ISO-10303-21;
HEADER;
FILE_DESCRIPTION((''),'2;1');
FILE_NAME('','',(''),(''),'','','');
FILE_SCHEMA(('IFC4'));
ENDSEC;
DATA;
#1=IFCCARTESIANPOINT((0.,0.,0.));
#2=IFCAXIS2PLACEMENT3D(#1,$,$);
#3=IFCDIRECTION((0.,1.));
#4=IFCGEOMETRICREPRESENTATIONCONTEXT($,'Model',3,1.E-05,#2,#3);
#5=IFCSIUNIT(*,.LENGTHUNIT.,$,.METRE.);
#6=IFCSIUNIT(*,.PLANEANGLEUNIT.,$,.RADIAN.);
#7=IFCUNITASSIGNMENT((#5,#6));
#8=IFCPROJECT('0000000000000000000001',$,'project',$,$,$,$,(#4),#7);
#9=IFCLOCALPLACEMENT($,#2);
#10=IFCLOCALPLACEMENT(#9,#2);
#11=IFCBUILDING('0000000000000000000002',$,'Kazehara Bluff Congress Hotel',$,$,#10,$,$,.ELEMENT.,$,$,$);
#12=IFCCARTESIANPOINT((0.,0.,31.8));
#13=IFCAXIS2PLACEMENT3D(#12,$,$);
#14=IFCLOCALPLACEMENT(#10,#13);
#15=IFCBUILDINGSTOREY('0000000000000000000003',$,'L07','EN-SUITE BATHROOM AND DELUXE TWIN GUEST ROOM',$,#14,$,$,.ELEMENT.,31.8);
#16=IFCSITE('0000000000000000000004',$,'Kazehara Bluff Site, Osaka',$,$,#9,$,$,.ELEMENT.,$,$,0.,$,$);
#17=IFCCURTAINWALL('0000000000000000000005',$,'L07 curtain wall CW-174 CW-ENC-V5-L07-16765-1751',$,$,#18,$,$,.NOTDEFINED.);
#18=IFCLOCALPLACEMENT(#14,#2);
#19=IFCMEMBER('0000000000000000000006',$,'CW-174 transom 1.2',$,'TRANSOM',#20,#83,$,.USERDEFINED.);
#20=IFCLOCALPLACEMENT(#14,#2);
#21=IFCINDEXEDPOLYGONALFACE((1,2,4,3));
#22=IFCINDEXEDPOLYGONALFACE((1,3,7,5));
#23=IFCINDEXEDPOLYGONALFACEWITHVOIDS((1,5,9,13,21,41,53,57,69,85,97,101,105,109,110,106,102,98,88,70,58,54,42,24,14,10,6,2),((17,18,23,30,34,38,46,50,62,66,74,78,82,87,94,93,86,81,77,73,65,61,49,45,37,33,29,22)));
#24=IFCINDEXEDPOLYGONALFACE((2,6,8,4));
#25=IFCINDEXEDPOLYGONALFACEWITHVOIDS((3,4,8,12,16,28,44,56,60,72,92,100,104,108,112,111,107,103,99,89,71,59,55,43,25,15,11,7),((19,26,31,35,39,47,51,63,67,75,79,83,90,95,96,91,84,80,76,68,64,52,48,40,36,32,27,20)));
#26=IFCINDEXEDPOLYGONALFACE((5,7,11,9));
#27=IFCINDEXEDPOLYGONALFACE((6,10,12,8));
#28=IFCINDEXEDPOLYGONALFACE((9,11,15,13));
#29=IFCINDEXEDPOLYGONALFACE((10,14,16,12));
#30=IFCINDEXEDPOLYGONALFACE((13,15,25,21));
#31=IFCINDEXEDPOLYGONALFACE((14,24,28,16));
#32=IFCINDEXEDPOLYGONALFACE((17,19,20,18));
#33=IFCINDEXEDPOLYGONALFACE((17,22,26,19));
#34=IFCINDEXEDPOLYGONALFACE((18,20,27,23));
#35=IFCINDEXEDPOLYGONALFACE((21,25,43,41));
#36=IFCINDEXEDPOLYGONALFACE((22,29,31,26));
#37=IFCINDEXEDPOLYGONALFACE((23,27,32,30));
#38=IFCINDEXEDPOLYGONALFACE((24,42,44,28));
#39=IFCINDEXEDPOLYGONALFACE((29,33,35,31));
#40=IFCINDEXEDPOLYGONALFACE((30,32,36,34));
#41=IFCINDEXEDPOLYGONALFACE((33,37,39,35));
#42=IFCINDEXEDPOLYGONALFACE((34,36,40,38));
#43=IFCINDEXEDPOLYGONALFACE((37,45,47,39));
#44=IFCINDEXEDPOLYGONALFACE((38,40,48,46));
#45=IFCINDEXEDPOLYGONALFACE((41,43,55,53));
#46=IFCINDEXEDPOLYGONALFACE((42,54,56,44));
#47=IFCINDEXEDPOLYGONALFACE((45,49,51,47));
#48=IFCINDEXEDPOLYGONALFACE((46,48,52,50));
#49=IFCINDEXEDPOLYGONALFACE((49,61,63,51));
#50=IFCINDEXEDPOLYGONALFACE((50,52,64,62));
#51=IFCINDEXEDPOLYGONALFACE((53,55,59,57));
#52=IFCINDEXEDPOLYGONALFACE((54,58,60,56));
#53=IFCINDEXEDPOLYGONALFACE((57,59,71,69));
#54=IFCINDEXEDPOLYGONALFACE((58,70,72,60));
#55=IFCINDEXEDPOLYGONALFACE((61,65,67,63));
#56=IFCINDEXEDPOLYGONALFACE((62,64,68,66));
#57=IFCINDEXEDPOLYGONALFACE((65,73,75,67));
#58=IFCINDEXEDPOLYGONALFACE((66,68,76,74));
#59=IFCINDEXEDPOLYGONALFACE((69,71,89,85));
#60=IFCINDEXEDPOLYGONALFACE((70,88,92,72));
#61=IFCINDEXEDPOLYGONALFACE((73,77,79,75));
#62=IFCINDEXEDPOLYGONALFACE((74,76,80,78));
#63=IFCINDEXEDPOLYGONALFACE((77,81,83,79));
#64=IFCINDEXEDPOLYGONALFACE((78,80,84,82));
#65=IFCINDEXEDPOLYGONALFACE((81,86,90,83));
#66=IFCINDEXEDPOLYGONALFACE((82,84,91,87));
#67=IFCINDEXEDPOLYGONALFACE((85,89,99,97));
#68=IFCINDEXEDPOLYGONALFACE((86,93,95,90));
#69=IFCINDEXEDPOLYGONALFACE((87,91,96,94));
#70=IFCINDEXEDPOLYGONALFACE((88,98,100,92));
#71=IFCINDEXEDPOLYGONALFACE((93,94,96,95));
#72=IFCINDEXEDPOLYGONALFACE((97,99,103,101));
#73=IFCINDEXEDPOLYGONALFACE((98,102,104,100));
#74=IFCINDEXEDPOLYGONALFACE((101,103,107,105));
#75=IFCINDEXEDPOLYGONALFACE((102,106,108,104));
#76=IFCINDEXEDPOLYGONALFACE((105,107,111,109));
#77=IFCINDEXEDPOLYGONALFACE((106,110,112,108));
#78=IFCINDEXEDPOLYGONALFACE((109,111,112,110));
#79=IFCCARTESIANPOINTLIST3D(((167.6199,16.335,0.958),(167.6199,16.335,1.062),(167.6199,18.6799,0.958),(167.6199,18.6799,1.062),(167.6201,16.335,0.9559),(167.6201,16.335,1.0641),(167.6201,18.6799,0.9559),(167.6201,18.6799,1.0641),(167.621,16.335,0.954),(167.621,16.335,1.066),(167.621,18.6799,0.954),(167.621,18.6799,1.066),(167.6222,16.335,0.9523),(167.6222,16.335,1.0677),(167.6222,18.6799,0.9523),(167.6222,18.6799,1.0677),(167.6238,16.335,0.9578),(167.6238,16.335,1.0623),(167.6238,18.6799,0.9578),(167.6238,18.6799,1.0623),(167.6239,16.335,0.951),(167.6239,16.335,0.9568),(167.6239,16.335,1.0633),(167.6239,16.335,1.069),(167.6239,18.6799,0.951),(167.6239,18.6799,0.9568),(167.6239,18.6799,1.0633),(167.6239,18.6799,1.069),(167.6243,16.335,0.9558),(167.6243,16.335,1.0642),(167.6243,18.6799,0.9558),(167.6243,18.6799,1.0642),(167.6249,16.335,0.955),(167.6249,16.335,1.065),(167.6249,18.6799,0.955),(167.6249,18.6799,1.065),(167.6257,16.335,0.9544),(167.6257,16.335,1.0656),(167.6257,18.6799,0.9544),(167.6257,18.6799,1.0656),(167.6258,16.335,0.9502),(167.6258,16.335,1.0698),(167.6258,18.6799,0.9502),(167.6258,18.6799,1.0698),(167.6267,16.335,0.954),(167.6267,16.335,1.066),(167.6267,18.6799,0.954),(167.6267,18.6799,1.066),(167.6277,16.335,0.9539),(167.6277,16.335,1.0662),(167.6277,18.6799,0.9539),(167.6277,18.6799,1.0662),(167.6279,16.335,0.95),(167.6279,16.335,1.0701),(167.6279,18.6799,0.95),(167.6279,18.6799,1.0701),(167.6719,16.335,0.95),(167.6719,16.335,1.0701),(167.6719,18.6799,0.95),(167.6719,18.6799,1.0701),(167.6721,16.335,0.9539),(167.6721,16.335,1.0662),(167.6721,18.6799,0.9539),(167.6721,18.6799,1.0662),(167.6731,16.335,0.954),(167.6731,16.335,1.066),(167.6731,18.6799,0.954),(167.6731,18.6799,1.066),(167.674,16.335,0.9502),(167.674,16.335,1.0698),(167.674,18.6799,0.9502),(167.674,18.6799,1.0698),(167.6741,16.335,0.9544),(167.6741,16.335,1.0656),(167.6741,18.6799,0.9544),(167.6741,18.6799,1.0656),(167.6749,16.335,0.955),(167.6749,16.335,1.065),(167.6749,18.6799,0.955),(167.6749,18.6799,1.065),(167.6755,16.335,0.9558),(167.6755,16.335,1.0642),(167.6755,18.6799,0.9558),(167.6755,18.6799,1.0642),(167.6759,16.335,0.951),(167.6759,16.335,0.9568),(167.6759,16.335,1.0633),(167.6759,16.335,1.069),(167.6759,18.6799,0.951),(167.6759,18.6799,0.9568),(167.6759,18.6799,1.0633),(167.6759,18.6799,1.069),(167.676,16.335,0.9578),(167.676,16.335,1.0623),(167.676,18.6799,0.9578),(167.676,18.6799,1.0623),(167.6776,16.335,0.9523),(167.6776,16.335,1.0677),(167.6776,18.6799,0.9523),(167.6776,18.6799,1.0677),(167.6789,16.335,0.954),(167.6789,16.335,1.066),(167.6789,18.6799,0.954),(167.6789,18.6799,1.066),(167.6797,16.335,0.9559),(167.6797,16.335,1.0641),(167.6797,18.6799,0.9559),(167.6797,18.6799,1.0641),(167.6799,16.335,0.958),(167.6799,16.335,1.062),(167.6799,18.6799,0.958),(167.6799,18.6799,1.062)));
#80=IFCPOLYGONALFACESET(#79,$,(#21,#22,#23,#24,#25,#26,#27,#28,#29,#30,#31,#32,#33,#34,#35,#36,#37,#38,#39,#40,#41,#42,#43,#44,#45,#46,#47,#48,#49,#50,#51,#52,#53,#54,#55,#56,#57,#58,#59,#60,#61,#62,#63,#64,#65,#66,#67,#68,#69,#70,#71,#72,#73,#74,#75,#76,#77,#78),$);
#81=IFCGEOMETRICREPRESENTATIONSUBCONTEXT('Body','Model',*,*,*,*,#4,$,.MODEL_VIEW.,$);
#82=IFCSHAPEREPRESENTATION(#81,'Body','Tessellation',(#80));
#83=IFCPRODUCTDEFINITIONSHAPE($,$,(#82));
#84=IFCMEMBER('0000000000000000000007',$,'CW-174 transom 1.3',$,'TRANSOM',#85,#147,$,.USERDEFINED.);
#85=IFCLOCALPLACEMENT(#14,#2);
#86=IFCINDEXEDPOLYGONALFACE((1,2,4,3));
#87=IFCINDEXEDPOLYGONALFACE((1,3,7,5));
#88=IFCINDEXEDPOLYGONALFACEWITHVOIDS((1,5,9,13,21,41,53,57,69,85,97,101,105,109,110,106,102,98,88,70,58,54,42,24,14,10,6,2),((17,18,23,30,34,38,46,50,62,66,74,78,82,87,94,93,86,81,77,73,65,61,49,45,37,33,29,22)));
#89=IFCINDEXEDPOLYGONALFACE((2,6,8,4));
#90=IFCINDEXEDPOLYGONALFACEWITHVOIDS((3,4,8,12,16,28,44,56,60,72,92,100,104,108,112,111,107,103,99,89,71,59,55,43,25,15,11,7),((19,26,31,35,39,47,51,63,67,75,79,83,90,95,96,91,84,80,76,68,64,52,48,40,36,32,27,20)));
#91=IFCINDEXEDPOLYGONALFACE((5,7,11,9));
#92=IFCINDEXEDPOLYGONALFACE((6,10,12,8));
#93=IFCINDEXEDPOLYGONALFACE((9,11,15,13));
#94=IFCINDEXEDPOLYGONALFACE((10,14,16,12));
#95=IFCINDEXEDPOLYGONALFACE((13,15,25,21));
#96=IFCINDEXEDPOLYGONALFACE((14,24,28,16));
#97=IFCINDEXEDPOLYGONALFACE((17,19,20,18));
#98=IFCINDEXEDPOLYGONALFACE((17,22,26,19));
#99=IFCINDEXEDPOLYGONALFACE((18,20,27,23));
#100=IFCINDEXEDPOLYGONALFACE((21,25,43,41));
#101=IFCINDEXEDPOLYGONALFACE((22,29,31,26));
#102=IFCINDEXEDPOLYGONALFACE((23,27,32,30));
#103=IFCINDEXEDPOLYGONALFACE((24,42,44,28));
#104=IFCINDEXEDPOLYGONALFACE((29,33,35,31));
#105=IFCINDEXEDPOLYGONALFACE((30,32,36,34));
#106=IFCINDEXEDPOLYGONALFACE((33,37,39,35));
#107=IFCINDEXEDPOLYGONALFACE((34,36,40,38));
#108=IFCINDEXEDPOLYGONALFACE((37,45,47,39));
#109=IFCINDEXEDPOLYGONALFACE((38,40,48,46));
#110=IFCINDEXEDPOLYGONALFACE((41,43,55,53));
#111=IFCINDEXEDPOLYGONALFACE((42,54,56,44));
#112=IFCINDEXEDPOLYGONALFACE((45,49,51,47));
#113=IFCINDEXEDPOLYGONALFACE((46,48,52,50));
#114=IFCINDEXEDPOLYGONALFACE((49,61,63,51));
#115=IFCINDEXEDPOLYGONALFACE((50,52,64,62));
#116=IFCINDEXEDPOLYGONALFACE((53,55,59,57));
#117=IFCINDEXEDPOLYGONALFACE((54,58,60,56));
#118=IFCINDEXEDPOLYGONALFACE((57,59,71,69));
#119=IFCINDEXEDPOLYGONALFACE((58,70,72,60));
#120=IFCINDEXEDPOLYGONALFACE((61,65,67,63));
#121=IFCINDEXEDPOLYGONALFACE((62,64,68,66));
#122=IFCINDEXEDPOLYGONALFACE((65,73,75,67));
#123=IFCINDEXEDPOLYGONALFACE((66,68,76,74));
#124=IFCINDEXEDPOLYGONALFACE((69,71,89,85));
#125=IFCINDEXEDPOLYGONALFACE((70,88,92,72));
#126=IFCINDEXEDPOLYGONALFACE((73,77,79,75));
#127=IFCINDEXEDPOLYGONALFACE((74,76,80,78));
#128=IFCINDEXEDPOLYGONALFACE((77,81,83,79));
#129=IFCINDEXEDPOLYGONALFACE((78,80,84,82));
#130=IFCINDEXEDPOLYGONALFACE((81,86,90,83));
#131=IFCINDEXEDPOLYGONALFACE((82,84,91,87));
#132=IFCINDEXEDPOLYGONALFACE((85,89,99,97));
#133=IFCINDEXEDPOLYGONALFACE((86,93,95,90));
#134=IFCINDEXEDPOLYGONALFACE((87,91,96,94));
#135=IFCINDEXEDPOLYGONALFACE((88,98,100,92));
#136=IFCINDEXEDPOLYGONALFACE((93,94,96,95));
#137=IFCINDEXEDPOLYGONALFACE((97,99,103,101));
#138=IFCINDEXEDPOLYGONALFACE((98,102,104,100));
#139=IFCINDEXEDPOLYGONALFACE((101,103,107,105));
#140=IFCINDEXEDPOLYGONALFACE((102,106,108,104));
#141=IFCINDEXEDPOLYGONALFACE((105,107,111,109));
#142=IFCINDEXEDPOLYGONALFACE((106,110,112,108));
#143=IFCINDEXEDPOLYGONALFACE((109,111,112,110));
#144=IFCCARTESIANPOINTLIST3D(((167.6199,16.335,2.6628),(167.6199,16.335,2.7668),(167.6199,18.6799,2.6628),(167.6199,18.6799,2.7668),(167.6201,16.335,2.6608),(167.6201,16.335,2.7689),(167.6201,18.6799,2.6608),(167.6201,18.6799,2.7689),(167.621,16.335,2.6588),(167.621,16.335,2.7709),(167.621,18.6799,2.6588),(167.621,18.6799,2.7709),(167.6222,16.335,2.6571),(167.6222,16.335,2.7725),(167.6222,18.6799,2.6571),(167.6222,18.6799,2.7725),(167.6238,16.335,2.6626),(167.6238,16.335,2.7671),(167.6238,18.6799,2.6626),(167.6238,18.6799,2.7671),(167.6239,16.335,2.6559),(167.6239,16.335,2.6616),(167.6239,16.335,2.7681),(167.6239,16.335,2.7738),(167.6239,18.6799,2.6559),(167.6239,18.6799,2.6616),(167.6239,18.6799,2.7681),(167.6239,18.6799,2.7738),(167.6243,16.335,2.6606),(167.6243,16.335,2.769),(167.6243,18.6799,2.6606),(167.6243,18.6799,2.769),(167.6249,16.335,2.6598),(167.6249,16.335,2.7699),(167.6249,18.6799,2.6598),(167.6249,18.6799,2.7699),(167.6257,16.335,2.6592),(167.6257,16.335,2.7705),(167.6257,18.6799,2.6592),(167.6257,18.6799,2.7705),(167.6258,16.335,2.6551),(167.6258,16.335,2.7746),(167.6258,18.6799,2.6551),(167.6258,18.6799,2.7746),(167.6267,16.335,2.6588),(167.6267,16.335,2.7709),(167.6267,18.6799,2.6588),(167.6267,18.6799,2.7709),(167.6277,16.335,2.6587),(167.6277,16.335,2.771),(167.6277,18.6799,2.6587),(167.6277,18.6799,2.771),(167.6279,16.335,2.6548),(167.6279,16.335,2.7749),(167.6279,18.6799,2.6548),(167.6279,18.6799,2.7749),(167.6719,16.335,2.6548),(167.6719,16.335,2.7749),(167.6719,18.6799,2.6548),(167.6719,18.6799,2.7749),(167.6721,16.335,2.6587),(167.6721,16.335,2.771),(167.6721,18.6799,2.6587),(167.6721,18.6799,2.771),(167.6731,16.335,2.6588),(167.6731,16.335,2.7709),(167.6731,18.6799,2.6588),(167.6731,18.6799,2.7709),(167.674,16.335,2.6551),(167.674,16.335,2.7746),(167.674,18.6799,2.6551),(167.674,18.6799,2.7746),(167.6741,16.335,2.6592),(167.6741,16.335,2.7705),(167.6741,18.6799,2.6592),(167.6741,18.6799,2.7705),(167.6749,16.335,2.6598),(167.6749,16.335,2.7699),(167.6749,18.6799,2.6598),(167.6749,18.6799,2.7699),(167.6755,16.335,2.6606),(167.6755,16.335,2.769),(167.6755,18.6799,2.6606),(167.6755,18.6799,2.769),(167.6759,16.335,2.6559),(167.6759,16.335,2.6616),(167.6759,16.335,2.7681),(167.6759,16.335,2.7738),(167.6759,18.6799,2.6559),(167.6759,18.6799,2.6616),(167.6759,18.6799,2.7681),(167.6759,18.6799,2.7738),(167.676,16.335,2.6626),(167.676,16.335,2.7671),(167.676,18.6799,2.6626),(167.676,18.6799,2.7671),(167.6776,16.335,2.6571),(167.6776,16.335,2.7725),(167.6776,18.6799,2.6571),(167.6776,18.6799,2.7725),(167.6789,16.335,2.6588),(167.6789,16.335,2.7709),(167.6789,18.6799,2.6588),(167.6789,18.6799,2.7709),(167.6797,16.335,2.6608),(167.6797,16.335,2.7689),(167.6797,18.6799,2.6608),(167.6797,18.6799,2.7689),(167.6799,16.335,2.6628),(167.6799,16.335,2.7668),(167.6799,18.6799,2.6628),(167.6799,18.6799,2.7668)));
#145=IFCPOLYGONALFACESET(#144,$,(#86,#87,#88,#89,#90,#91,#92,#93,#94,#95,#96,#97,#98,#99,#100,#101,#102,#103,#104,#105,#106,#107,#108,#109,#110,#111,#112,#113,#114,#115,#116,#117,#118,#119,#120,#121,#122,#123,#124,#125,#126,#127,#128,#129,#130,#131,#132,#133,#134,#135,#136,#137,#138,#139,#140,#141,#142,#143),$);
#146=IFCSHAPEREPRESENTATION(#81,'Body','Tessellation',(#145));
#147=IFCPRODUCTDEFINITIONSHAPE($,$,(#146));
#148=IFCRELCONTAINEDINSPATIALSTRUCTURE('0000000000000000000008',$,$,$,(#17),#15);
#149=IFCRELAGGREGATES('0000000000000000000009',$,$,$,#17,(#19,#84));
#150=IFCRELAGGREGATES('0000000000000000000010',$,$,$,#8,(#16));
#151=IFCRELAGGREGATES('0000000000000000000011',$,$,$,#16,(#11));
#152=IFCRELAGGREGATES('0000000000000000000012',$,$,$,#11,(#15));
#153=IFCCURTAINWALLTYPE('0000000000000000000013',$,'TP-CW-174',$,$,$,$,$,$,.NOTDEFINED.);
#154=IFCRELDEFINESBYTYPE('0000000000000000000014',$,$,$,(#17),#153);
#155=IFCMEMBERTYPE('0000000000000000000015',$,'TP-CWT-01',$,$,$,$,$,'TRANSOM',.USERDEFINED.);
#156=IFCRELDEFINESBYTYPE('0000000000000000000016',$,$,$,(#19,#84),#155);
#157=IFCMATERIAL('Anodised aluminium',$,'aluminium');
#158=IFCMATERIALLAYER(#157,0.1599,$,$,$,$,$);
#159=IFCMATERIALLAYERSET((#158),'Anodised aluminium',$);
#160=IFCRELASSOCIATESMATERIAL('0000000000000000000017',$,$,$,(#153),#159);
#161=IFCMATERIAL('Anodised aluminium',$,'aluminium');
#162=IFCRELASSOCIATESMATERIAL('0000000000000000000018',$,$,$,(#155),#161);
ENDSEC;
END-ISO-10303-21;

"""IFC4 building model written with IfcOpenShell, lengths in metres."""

from ifc_helpers import new_model, si_unit, direction, frame, origin, origin_2d, place, context, subcontext, project, spatial, hollow_rectangle, extrude, material, layer, layer_set, material_profile, profile_set, type_object, element, aggregate, save


model = new_model("IFC4")

# Units and contexts
model_context = context("Model", 3, precision=1e-05, world=origin(), true_north=direction((0.0, 1.0)))
body_context = subcontext(model_context, "Body", "Model", "MODEL_VIEW")
ifc_project = project(units=[si_unit("LENGTHUNIT", "METRE"), si_unit("PLANEANGLEUNIT", "RADIAN")], contexts=[model_context])

# Site, building, storey
site_placement = place(None, origin())
site = spatial("IfcSite", under=ifc_project, at=site_placement, Name="Kazehara Bluff Site, Osaka", CompositionType="ELEMENT", RefElevation=0.0)
building_placement = place(site_placement, origin())
building = spatial("IfcBuilding", under=site, at=building_placement, Name="Kazehara Bluff Congress Hotel", CompositionType="ELEMENT")
storey_placement = place(building_placement, frame((0.0, 0.0, 31.8)))
storey = spatial("IfcBuildingStorey", under=building, at=storey_placement, Name="L07", Description="EN-SUITE BATHROOM AND DELUXE TWIN GUEST ROOM", CompositionType="ELEMENT", Elevation=31.8)

# Curtain wall, members
ifc_material_1 = material(Name="Anodised aluminium", Category="aluminium")
ifc_layer_1 = layer(ifc_material_1, 0.1599)
ifc_layer_set_1 = layer_set([ifc_layer_1], Name="Anodised aluminium")
curtain_wall_type = type_object("IfcCurtainWallType", Name="TP-CW-174", PredefinedType="NOTDEFINED", material=ifc_layer_set_1)
curtain_wall_placement = place(storey_placement, origin())
curtain_wall = element("IfcCurtainWall", 1, at=curtain_wall_placement, inside=storey, type_object=curtain_wall_type, Name="L07 curtain wall CW-174 CW-ENC-V5-L07-16765-1751", PredefinedType="NOTDEFINED")
ifc_material_2 = material(Name="Anodised aluminium", Category="aluminium")
ifc_material_profile_1 = material_profile(ifc_material_2, hollow_rectangle(XDim=0.0601, YDim=0.1201, WallThickness=0.0039, InnerFilletRadius=0.0039, OuterFilletRadius=0.0081, at=origin_2d()))
ifc_profile_set_1 = profile_set([ifc_material_profile_1], Name="Anodised aluminium")
member_type_1 = type_object("IfcMemberType", Name="TP-CWT-01", ElementType="TRANSOM", PredefinedType="USERDEFINED", material=ifc_profile_set_1)
member_1_placement = place(storey_placement, frame((167.6499, 18.6799, 1.01), z_axis=(0.0, -1.0, 0.0), x_axis=(1.0, 0.0, 0.0)))
member_1 = element("IfcMember", 2, at=member_1_placement, type_object=member_type_1, Name="CW-174 transom 1.2", ObjectType="TRANSOM", PredefinedType="USERDEFINED", context=body_context, shape_type="SweptSolid", body=[
    extrude(hollow_rectangle(XDim=0.0601, YDim=0.1201, WallThickness=0.0039, InnerFilletRadius=0.0039, OuterFilletRadius=0.0081, at=origin_2d()), origin(), (0.0, 0.0, 1.0), 2.345),
])
member_2_placement = place(storey_placement, frame((167.6499, 18.6799, 2.7148), z_axis=(0.0, -1.0, 0.0), x_axis=(1.0, 0.0, 0.0)))
member_2 = element("IfcMember", 3, at=member_2_placement, type_object=member_type_1, Name="CW-174 transom 1.3", ObjectType="TRANSOM", PredefinedType="USERDEFINED", context=body_context, shape_type="SweptSolid", body=[
    extrude(hollow_rectangle(XDim=0.0601, YDim=0.1201, WallThickness=0.0039, InnerFilletRadius=0.0039, OuterFilletRadius=0.0081, at=origin_2d()), origin(), (0.0, 0.0, 1.0), 2.345),
])

aggregate(curtain_wall, [member_1, member_2])

save(model, "model.ifc")
